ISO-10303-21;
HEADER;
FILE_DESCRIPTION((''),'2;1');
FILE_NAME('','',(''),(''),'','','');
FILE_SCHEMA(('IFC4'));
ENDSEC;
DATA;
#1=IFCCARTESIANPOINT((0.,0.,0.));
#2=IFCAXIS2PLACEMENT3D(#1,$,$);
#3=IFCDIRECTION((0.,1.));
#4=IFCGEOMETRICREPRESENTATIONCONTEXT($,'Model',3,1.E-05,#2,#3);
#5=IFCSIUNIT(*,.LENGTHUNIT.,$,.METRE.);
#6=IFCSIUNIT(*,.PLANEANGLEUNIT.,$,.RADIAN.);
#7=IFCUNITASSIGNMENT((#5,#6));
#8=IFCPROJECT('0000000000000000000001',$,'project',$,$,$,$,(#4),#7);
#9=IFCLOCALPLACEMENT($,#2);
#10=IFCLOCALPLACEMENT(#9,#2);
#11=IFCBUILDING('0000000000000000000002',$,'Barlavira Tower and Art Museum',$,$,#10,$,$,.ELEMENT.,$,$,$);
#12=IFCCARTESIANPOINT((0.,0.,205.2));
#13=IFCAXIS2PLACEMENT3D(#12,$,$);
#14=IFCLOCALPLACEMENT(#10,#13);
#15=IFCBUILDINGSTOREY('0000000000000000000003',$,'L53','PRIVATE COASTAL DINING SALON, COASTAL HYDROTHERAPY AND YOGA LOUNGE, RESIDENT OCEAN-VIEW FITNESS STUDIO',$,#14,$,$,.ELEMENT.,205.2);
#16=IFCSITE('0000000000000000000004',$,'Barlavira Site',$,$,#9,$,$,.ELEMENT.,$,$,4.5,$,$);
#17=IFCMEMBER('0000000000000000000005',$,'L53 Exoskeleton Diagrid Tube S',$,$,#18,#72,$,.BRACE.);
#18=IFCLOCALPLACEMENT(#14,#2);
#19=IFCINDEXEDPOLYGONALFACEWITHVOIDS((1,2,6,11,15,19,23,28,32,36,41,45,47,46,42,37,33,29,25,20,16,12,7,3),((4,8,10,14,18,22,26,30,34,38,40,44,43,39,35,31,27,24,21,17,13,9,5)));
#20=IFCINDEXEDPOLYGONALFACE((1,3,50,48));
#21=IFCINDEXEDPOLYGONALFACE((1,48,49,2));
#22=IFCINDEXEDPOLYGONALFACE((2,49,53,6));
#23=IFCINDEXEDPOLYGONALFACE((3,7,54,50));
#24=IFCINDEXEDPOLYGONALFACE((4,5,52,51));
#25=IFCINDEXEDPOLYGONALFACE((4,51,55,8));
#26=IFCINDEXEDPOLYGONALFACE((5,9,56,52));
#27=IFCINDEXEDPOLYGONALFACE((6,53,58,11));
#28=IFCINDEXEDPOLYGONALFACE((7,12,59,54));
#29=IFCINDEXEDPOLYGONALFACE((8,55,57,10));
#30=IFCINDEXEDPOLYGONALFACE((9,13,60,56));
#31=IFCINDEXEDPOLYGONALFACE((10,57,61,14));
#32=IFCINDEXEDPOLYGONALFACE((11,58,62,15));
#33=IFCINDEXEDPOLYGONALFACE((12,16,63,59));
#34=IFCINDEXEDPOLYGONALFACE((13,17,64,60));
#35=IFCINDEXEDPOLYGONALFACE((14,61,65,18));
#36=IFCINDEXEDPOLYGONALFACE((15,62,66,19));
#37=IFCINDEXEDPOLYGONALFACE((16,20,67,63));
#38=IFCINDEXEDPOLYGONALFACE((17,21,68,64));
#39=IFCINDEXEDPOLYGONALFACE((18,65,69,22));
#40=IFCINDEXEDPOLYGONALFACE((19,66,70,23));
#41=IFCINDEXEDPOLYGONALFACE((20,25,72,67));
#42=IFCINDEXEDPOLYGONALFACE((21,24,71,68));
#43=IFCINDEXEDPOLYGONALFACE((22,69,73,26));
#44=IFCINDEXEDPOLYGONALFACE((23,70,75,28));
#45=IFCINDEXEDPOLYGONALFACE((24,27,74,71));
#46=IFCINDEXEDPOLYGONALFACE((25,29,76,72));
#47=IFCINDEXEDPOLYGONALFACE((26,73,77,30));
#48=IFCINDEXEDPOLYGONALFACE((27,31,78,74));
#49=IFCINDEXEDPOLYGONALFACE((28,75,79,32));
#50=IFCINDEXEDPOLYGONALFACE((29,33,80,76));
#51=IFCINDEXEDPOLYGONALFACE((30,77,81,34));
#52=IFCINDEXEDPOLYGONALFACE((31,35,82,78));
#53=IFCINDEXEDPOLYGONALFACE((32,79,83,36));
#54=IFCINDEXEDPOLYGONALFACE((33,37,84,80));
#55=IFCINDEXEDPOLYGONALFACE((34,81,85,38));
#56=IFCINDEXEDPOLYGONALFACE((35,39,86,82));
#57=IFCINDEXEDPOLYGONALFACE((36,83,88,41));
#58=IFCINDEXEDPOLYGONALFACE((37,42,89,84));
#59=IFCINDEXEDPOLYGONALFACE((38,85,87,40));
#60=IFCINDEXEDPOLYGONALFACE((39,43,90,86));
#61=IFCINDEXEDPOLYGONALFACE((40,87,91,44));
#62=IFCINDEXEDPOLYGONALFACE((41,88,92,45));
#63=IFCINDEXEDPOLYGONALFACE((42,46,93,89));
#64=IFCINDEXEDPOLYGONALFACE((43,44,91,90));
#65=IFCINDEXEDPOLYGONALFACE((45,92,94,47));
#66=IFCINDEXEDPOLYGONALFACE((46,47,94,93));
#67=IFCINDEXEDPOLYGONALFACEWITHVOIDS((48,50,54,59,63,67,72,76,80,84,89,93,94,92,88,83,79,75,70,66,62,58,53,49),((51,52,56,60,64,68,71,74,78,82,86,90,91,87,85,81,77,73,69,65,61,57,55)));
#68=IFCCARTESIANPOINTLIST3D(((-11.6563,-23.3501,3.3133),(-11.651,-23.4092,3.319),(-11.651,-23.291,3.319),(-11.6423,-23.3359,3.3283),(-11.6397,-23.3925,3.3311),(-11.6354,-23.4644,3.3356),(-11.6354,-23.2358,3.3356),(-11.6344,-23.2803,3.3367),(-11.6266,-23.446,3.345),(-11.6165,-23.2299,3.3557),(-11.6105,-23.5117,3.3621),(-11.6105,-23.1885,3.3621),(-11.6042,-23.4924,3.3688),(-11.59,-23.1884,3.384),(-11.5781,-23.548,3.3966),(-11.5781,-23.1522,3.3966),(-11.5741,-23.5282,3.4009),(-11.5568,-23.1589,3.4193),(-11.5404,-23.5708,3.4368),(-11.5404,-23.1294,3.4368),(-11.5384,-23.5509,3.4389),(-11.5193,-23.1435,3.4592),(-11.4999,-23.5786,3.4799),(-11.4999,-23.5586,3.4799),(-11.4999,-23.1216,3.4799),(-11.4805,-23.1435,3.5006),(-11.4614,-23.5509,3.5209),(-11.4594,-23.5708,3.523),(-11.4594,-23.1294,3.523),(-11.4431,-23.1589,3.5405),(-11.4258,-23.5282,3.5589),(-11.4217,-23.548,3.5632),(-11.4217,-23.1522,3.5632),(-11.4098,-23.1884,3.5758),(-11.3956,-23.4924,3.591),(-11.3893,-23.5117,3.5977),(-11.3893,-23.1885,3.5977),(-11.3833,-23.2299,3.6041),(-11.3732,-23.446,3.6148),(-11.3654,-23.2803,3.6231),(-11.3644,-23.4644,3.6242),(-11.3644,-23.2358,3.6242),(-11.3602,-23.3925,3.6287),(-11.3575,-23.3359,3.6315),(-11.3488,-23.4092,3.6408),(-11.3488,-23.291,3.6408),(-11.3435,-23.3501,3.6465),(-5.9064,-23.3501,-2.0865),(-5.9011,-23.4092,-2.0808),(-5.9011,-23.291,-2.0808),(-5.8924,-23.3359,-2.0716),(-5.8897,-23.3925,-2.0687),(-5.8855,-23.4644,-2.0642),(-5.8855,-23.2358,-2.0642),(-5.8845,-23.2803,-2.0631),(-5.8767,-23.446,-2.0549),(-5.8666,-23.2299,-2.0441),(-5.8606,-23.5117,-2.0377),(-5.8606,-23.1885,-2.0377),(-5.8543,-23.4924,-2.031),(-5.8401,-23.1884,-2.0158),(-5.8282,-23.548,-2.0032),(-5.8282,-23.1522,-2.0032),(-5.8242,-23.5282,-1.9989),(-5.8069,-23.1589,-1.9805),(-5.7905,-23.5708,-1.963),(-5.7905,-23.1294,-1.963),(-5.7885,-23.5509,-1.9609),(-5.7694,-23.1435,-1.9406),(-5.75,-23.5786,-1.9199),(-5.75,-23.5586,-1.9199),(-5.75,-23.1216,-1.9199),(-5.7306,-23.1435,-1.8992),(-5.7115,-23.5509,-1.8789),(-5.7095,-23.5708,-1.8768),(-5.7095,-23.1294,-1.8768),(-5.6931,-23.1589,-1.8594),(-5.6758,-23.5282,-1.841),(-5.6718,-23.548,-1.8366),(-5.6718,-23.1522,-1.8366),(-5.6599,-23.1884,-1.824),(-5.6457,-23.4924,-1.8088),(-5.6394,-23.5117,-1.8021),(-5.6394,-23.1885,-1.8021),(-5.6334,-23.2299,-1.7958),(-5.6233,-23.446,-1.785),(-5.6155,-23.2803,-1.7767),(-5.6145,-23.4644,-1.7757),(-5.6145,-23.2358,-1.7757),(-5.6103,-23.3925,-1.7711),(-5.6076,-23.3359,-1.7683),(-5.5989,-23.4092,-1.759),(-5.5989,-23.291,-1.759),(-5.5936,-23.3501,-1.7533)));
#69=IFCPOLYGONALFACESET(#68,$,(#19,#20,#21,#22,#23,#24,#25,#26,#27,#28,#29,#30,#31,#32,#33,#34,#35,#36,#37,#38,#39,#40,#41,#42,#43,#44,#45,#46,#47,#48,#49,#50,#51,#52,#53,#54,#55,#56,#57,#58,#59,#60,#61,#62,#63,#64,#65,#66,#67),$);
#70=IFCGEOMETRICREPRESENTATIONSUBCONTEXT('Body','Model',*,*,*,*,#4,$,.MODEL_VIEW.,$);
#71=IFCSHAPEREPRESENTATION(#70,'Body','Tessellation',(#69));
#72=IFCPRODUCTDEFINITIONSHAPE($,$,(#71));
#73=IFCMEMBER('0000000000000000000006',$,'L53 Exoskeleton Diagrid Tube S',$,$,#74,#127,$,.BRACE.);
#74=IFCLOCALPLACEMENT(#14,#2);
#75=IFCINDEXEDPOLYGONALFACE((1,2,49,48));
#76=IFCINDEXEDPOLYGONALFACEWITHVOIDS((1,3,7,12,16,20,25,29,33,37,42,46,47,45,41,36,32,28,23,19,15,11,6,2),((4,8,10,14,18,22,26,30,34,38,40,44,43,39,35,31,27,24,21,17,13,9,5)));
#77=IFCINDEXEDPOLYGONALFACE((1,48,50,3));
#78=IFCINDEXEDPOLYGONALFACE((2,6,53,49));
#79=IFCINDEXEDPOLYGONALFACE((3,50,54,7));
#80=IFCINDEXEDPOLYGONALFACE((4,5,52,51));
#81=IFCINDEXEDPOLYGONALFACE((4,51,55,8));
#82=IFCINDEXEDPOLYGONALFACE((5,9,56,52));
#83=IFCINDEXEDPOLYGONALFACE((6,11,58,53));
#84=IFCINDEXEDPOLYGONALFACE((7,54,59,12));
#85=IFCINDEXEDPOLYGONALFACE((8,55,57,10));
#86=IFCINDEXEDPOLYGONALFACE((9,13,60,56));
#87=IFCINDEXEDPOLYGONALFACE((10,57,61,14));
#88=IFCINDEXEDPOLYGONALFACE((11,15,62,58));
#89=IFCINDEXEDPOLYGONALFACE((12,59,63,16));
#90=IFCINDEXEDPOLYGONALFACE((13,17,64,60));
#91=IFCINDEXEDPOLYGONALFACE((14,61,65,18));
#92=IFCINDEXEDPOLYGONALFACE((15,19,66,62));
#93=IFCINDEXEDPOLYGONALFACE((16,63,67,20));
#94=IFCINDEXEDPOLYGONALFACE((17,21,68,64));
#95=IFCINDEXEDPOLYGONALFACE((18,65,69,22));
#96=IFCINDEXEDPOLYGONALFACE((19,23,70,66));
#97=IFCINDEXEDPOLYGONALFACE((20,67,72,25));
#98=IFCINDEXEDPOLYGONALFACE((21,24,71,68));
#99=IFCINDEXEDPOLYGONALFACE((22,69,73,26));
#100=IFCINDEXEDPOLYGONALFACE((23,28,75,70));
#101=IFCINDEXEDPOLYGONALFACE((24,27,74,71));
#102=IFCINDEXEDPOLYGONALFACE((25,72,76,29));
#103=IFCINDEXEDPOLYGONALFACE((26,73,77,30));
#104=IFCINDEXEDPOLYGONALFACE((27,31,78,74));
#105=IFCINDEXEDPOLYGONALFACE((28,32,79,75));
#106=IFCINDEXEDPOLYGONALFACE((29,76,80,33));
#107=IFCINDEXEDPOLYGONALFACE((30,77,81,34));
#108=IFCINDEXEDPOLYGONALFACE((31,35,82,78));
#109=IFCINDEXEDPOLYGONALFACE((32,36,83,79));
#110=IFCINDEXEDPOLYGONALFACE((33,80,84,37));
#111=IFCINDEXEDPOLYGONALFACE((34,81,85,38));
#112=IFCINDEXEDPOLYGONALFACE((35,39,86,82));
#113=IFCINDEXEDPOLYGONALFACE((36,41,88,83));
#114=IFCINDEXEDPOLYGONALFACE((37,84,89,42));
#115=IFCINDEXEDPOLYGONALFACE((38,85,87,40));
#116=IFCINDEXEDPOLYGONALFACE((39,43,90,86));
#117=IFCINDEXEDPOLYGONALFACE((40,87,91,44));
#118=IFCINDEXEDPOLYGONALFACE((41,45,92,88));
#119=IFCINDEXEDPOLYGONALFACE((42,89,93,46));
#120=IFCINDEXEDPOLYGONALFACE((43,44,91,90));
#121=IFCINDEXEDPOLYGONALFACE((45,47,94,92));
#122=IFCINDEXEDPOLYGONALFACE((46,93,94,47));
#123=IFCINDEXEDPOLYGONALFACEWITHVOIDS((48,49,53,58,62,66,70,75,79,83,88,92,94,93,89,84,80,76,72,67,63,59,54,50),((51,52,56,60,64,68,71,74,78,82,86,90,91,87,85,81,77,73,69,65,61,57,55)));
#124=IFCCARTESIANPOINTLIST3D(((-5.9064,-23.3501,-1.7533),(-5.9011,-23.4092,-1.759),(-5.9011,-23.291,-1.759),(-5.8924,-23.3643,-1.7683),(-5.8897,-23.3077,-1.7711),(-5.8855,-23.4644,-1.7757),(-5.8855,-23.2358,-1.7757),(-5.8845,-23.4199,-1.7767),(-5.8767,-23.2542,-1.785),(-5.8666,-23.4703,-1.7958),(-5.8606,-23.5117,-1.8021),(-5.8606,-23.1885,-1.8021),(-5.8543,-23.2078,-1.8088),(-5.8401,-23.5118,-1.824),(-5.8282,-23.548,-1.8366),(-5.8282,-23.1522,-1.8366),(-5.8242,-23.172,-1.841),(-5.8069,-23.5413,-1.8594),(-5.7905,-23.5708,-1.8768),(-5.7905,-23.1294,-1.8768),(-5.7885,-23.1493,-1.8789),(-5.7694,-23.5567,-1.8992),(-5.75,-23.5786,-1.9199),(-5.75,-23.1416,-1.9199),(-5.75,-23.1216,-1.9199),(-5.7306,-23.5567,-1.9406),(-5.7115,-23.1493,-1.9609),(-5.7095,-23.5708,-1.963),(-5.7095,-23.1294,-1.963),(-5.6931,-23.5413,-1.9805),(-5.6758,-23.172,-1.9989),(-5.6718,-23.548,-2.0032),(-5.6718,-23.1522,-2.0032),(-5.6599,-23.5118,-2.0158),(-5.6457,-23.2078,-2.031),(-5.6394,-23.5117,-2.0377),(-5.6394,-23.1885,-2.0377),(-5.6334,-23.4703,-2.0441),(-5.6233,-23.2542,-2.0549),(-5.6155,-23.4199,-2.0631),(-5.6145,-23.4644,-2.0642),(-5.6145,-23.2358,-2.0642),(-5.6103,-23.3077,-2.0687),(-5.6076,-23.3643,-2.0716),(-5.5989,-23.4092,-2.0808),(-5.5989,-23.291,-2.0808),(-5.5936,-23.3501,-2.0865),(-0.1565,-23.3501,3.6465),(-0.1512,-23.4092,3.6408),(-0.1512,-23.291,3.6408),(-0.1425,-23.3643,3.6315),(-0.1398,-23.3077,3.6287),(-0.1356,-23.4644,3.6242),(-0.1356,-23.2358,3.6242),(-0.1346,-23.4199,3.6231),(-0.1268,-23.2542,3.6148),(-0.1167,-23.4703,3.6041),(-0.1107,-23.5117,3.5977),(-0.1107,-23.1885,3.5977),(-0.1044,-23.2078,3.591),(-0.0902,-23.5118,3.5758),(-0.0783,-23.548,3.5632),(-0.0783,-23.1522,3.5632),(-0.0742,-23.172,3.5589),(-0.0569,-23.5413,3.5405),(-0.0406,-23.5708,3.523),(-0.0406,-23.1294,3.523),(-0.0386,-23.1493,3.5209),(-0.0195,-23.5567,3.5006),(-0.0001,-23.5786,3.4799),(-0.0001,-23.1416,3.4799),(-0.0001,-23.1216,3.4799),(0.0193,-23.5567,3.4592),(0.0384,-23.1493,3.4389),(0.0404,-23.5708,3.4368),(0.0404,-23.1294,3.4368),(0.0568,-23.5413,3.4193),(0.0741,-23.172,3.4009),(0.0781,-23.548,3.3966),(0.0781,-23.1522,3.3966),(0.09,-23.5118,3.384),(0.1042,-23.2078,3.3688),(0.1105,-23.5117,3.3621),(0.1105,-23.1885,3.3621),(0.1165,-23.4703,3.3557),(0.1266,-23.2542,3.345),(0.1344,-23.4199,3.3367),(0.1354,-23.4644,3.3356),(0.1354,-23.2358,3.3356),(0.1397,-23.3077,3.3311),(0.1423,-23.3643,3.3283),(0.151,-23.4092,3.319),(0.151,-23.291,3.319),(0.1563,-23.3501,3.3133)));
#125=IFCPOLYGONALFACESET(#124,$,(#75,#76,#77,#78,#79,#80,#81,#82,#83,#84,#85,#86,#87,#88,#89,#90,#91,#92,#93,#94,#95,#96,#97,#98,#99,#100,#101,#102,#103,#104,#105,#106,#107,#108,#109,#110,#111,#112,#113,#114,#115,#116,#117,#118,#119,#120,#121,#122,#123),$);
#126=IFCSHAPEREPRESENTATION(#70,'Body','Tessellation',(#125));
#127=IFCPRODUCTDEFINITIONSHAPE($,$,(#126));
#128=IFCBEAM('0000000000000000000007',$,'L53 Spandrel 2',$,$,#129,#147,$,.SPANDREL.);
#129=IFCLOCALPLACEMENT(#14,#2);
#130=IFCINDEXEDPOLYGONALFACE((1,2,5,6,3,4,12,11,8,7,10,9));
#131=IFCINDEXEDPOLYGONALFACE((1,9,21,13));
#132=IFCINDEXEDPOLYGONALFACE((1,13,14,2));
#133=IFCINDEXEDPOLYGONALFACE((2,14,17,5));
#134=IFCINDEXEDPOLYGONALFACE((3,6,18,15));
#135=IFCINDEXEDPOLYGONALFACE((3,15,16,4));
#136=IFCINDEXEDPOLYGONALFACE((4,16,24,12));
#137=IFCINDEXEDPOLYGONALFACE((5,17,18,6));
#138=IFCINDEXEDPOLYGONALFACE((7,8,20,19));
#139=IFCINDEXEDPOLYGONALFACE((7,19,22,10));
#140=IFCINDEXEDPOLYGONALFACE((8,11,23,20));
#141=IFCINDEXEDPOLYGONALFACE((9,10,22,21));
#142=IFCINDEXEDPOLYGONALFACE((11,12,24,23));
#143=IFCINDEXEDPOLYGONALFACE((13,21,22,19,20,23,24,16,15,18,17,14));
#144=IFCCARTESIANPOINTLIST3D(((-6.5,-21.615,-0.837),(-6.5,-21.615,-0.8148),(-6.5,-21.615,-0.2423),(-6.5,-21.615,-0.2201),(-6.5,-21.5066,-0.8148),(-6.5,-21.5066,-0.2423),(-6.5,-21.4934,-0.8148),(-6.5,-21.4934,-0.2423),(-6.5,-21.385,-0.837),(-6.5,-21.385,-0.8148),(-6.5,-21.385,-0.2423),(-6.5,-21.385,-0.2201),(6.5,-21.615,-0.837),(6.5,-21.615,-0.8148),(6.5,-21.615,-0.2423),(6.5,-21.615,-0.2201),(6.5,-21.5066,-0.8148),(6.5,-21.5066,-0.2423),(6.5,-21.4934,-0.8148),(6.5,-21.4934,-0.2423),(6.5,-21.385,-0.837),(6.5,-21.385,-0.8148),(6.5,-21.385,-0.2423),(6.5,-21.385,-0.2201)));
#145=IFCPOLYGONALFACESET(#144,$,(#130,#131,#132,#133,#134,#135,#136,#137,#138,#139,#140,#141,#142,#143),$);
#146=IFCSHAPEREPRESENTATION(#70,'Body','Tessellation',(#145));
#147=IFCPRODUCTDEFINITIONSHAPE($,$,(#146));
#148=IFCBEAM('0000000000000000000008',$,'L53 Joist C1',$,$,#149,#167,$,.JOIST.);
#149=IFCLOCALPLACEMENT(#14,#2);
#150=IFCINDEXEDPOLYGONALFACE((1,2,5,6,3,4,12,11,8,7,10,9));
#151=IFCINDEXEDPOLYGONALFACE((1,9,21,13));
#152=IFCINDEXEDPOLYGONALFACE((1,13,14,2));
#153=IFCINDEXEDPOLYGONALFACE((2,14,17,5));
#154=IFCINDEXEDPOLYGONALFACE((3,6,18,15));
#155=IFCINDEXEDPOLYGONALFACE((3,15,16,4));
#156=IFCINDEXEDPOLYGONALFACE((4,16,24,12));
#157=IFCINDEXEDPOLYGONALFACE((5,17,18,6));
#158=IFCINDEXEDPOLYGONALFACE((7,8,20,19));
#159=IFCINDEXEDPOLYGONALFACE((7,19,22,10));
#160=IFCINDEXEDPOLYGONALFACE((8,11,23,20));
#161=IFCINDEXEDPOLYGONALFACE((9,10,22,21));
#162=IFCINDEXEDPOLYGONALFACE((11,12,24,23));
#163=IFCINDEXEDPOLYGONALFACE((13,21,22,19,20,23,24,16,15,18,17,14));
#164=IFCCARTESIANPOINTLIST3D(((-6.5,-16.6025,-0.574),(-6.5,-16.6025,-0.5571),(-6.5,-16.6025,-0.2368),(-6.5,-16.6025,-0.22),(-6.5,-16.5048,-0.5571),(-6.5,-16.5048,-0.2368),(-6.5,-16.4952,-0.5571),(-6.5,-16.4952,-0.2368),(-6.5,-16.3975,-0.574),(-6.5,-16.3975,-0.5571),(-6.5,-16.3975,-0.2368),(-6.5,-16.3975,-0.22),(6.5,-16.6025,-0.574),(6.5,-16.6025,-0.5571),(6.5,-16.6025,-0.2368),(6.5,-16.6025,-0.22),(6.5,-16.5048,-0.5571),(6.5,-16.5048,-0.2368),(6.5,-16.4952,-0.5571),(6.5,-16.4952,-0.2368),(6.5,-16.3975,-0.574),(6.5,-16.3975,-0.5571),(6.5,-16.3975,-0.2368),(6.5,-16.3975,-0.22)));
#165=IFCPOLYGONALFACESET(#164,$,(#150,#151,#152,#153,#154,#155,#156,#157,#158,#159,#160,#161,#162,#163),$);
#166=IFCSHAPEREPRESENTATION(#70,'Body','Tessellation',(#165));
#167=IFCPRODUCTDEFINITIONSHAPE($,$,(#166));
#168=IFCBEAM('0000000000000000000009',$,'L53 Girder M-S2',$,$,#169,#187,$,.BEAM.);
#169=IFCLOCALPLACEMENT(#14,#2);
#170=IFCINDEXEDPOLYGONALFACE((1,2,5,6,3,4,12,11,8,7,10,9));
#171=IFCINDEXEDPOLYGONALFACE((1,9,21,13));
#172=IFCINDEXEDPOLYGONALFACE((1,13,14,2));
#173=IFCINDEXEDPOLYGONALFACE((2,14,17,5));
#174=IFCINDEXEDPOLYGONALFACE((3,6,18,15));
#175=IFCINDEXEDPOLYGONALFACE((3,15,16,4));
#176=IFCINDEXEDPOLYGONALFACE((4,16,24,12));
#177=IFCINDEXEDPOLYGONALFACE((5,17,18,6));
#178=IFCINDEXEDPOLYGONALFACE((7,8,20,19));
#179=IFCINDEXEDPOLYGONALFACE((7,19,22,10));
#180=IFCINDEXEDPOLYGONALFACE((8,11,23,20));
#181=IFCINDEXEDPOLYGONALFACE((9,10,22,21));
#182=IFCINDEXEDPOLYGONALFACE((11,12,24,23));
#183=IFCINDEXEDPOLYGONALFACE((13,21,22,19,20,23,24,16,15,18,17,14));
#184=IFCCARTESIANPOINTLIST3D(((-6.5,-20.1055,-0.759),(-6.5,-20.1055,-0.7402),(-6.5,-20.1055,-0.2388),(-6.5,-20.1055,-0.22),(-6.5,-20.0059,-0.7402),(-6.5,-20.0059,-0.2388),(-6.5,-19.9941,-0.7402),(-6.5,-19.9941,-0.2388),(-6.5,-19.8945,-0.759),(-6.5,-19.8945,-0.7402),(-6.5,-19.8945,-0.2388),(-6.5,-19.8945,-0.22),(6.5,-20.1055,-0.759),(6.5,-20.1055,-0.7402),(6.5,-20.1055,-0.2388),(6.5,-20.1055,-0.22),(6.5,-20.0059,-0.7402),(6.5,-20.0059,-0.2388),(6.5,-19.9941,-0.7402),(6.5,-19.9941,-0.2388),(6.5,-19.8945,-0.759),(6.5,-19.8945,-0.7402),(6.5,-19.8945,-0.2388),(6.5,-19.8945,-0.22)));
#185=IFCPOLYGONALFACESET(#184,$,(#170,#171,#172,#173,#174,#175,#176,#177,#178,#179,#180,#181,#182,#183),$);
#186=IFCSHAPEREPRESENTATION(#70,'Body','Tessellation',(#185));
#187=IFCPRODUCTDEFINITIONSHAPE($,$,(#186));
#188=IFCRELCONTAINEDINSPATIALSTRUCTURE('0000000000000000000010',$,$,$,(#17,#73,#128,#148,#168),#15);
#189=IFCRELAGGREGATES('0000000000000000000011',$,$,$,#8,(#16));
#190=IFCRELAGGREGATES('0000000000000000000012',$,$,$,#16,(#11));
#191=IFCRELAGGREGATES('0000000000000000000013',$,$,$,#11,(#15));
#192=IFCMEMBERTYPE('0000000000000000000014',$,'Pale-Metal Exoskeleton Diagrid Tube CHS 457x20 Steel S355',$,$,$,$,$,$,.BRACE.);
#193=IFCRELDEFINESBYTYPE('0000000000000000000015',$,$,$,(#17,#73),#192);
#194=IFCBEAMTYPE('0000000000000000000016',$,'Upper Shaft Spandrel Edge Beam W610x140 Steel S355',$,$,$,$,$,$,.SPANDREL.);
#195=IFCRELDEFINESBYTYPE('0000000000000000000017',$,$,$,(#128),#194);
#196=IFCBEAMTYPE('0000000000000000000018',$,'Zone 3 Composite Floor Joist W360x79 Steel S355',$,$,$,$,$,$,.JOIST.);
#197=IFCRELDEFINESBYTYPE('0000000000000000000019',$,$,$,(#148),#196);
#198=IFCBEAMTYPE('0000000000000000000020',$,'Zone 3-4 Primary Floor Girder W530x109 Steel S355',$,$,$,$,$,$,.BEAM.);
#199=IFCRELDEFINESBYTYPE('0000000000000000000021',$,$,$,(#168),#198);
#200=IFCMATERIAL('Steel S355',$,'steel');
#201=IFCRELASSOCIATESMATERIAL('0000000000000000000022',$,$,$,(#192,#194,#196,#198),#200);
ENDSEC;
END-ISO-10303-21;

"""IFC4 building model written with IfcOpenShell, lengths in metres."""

from ifc_helpers import new_model, si_unit, direction, frame, origin, origin_2d, place, context, subcontext, project, spatial, hollow_circle, i_section, extrude, material, material_profile, profile_set, type_object, element, save


model = new_model("IFC4")

# Units and contexts
model_context = context("Model", 3, precision=1e-05, world=origin(), true_north=direction((0.0, 1.0)))
body_context = subcontext(model_context, "Body", "Model", "MODEL_VIEW")
ifc_project = project(units=[si_unit("LENGTHUNIT", "METRE"), si_unit("PLANEANGLEUNIT", "RADIAN")], contexts=[model_context])

# Site, building, storey
site_placement = place(None, origin())
site = spatial("IfcSite", under=ifc_project, at=site_placement, Name="Barlavira Site", CompositionType="ELEMENT", RefElevation=4.5)
building_placement = place(site_placement, origin())
building = spatial("IfcBuilding", under=site, at=building_placement, Name="Barlavira Tower and Art Museum", CompositionType="ELEMENT")
storey_placement = place(building_placement, frame((0.0, 0.0, 205.2)))
storey = spatial("IfcBuildingStorey", under=building, at=storey_placement, Name="L53", Description="PRIVATE COASTAL DINING SALON, COASTAL HYDROTHERAPY AND YOGA LOUNGE, RESIDENT OCEAN-VIEW FITNESS STUDIO", CompositionType="ELEMENT", Elevation=205.2)

# Members
ifc_material_1 = material(Name="Steel S355", Category="steel")
ifc_material_profile_1 = material_profile(ifc_material_1, hollow_circle(Radius=0.2285, WallThickness=0.02, at=origin_2d()), Name="CHS 457.0x20.0")
ifc_profile_set_1 = profile_set([ifc_material_profile_1], Name="Steel S355")
member_type_1 = type_object("IfcMemberType", Name="Pale-Metal Exoskeleton Diagrid Tube CHS 457x20 Steel S355", PredefinedType="BRACE", material=ifc_profile_set_1)
for number, where, z_axis, x_axis, name in (
    (1, (-5.75, -23.3501, -1.9199), (-0.72895, 0.0, 0.684567), (0.0, -1.0, 0.0), "L53 Exoskeleton Diagrid Tube S"),
    (2, (-5.75, -23.3501, -1.9199), (0.72895, 0.0, 0.684567), (0.0, 1.0, 0.0), "L53 Exoskeleton Diagrid Tube S"),
):
    element("IfcMember", number, at=place(storey_placement, frame(where, z_axis=z_axis, x_axis=x_axis)), inside=storey, type_object=member_type_1, Name=name, PredefinedType="BRACE", context=body_context, shape_type="SweptSolid", body=[
        extrude(hollow_circle(Radius=0.2285, WallThickness=0.02, at=origin_2d()), origin(), (0.0, 0.0, 1.0), 7.8879),
    ])

# Beams
ifc_material_profile_2 = material_profile(ifc_material_1, i_section(OverallWidth=0.23, OverallDepth=0.6169, WebThickness=0.0132, FlangeThickness=0.0222, at=origin_2d()), Name="W610x140.0")
ifc_profile_set_2 = profile_set([ifc_material_profile_2], Name="Steel S355")
beam_type_1 = type_object("IfcBeamType", Name="Upper Shaft Spandrel Edge Beam W610x140 Steel S355", PredefinedType="SPANDREL", material=ifc_profile_set_2)
beam_1_placement = place(storey_placement, frame((-6.5, -21.5, -0.5286), z_axis=(1.0, 0.0, 0.0), x_axis=(0.0, 1.0, 0.0)))
element("IfcBeam", 3, at=beam_1_placement, inside=storey, type_object=beam_type_1, Name="L53 Spandrel 2", PredefinedType="SPANDREL", context=body_context, shape_type="SweptSolid", body=[
    extrude(i_section(OverallWidth=0.23, OverallDepth=0.6169, WebThickness=0.0132, FlangeThickness=0.0222, at=origin_2d()), origin(), (0.0, 0.0, 1.0), 13.0),
])
ifc_material_profile_3 = material_profile(ifc_material_1, i_section(OverallWidth=0.2051, OverallDepth=0.354, WebThickness=0.0095, FlangeThickness=0.0168, at=origin_2d()), Name="W360x79.0")
ifc_profile_set_3 = profile_set([ifc_material_profile_3], Name="Steel S355")
beam_type_2 = type_object("IfcBeamType", Name="Zone 3 Composite Floor Joist W360x79 Steel S355", PredefinedType="JOIST", material=ifc_profile_set_3)
beam_2_placement = place(storey_placement, frame((-6.5, -16.5, -0.397), z_axis=(1.0, 0.0, 0.0), x_axis=(0.0, 1.0, 0.0)))
element("IfcBeam", 4, at=beam_2_placement, inside=storey, type_object=beam_type_2, Name="L53 Joist C1", PredefinedType="JOIST", context=body_context, shape_type="SweptSolid", body=[
    extrude(i_section(OverallWidth=0.2051, OverallDepth=0.354, WebThickness=0.0095, FlangeThickness=0.0168, at=origin_2d()), origin(), (0.0, 0.0, 1.0), 13.0),
])
ifc_material_profile_4 = material_profile(ifc_material_1, i_section(OverallWidth=0.2109, OverallDepth=0.5391, WebThickness=0.0117, FlangeThickness=0.0188, at=origin_2d()), Name="W530x109.0")
ifc_profile_set_4 = profile_set([ifc_material_profile_4], Name="Steel S355")
beam_type_3 = type_object("IfcBeamType", Name="Zone 3-4 Primary Floor Girder W530x109 Steel S355", PredefinedType="BEAM", material=ifc_profile_set_4)
beam_3_placement = place(storey_placement, frame((-6.5, -20.0, -0.4895), z_axis=(1.0, 0.0, 0.0), x_axis=(0.0, 1.0, 0.0)))
element("IfcBeam", 5, at=beam_3_placement, inside=storey, type_object=beam_type_3, Name="L53 Girder M-S2", PredefinedType="BEAM", context=body_context, shape_type="SweptSolid", body=[
    extrude(i_section(OverallWidth=0.2109, OverallDepth=0.5391, WebThickness=0.0117, FlangeThickness=0.0188, at=origin_2d()), origin(), (0.0, 0.0, 1.0), 13.0),
])

save(model, "model.ifc")
